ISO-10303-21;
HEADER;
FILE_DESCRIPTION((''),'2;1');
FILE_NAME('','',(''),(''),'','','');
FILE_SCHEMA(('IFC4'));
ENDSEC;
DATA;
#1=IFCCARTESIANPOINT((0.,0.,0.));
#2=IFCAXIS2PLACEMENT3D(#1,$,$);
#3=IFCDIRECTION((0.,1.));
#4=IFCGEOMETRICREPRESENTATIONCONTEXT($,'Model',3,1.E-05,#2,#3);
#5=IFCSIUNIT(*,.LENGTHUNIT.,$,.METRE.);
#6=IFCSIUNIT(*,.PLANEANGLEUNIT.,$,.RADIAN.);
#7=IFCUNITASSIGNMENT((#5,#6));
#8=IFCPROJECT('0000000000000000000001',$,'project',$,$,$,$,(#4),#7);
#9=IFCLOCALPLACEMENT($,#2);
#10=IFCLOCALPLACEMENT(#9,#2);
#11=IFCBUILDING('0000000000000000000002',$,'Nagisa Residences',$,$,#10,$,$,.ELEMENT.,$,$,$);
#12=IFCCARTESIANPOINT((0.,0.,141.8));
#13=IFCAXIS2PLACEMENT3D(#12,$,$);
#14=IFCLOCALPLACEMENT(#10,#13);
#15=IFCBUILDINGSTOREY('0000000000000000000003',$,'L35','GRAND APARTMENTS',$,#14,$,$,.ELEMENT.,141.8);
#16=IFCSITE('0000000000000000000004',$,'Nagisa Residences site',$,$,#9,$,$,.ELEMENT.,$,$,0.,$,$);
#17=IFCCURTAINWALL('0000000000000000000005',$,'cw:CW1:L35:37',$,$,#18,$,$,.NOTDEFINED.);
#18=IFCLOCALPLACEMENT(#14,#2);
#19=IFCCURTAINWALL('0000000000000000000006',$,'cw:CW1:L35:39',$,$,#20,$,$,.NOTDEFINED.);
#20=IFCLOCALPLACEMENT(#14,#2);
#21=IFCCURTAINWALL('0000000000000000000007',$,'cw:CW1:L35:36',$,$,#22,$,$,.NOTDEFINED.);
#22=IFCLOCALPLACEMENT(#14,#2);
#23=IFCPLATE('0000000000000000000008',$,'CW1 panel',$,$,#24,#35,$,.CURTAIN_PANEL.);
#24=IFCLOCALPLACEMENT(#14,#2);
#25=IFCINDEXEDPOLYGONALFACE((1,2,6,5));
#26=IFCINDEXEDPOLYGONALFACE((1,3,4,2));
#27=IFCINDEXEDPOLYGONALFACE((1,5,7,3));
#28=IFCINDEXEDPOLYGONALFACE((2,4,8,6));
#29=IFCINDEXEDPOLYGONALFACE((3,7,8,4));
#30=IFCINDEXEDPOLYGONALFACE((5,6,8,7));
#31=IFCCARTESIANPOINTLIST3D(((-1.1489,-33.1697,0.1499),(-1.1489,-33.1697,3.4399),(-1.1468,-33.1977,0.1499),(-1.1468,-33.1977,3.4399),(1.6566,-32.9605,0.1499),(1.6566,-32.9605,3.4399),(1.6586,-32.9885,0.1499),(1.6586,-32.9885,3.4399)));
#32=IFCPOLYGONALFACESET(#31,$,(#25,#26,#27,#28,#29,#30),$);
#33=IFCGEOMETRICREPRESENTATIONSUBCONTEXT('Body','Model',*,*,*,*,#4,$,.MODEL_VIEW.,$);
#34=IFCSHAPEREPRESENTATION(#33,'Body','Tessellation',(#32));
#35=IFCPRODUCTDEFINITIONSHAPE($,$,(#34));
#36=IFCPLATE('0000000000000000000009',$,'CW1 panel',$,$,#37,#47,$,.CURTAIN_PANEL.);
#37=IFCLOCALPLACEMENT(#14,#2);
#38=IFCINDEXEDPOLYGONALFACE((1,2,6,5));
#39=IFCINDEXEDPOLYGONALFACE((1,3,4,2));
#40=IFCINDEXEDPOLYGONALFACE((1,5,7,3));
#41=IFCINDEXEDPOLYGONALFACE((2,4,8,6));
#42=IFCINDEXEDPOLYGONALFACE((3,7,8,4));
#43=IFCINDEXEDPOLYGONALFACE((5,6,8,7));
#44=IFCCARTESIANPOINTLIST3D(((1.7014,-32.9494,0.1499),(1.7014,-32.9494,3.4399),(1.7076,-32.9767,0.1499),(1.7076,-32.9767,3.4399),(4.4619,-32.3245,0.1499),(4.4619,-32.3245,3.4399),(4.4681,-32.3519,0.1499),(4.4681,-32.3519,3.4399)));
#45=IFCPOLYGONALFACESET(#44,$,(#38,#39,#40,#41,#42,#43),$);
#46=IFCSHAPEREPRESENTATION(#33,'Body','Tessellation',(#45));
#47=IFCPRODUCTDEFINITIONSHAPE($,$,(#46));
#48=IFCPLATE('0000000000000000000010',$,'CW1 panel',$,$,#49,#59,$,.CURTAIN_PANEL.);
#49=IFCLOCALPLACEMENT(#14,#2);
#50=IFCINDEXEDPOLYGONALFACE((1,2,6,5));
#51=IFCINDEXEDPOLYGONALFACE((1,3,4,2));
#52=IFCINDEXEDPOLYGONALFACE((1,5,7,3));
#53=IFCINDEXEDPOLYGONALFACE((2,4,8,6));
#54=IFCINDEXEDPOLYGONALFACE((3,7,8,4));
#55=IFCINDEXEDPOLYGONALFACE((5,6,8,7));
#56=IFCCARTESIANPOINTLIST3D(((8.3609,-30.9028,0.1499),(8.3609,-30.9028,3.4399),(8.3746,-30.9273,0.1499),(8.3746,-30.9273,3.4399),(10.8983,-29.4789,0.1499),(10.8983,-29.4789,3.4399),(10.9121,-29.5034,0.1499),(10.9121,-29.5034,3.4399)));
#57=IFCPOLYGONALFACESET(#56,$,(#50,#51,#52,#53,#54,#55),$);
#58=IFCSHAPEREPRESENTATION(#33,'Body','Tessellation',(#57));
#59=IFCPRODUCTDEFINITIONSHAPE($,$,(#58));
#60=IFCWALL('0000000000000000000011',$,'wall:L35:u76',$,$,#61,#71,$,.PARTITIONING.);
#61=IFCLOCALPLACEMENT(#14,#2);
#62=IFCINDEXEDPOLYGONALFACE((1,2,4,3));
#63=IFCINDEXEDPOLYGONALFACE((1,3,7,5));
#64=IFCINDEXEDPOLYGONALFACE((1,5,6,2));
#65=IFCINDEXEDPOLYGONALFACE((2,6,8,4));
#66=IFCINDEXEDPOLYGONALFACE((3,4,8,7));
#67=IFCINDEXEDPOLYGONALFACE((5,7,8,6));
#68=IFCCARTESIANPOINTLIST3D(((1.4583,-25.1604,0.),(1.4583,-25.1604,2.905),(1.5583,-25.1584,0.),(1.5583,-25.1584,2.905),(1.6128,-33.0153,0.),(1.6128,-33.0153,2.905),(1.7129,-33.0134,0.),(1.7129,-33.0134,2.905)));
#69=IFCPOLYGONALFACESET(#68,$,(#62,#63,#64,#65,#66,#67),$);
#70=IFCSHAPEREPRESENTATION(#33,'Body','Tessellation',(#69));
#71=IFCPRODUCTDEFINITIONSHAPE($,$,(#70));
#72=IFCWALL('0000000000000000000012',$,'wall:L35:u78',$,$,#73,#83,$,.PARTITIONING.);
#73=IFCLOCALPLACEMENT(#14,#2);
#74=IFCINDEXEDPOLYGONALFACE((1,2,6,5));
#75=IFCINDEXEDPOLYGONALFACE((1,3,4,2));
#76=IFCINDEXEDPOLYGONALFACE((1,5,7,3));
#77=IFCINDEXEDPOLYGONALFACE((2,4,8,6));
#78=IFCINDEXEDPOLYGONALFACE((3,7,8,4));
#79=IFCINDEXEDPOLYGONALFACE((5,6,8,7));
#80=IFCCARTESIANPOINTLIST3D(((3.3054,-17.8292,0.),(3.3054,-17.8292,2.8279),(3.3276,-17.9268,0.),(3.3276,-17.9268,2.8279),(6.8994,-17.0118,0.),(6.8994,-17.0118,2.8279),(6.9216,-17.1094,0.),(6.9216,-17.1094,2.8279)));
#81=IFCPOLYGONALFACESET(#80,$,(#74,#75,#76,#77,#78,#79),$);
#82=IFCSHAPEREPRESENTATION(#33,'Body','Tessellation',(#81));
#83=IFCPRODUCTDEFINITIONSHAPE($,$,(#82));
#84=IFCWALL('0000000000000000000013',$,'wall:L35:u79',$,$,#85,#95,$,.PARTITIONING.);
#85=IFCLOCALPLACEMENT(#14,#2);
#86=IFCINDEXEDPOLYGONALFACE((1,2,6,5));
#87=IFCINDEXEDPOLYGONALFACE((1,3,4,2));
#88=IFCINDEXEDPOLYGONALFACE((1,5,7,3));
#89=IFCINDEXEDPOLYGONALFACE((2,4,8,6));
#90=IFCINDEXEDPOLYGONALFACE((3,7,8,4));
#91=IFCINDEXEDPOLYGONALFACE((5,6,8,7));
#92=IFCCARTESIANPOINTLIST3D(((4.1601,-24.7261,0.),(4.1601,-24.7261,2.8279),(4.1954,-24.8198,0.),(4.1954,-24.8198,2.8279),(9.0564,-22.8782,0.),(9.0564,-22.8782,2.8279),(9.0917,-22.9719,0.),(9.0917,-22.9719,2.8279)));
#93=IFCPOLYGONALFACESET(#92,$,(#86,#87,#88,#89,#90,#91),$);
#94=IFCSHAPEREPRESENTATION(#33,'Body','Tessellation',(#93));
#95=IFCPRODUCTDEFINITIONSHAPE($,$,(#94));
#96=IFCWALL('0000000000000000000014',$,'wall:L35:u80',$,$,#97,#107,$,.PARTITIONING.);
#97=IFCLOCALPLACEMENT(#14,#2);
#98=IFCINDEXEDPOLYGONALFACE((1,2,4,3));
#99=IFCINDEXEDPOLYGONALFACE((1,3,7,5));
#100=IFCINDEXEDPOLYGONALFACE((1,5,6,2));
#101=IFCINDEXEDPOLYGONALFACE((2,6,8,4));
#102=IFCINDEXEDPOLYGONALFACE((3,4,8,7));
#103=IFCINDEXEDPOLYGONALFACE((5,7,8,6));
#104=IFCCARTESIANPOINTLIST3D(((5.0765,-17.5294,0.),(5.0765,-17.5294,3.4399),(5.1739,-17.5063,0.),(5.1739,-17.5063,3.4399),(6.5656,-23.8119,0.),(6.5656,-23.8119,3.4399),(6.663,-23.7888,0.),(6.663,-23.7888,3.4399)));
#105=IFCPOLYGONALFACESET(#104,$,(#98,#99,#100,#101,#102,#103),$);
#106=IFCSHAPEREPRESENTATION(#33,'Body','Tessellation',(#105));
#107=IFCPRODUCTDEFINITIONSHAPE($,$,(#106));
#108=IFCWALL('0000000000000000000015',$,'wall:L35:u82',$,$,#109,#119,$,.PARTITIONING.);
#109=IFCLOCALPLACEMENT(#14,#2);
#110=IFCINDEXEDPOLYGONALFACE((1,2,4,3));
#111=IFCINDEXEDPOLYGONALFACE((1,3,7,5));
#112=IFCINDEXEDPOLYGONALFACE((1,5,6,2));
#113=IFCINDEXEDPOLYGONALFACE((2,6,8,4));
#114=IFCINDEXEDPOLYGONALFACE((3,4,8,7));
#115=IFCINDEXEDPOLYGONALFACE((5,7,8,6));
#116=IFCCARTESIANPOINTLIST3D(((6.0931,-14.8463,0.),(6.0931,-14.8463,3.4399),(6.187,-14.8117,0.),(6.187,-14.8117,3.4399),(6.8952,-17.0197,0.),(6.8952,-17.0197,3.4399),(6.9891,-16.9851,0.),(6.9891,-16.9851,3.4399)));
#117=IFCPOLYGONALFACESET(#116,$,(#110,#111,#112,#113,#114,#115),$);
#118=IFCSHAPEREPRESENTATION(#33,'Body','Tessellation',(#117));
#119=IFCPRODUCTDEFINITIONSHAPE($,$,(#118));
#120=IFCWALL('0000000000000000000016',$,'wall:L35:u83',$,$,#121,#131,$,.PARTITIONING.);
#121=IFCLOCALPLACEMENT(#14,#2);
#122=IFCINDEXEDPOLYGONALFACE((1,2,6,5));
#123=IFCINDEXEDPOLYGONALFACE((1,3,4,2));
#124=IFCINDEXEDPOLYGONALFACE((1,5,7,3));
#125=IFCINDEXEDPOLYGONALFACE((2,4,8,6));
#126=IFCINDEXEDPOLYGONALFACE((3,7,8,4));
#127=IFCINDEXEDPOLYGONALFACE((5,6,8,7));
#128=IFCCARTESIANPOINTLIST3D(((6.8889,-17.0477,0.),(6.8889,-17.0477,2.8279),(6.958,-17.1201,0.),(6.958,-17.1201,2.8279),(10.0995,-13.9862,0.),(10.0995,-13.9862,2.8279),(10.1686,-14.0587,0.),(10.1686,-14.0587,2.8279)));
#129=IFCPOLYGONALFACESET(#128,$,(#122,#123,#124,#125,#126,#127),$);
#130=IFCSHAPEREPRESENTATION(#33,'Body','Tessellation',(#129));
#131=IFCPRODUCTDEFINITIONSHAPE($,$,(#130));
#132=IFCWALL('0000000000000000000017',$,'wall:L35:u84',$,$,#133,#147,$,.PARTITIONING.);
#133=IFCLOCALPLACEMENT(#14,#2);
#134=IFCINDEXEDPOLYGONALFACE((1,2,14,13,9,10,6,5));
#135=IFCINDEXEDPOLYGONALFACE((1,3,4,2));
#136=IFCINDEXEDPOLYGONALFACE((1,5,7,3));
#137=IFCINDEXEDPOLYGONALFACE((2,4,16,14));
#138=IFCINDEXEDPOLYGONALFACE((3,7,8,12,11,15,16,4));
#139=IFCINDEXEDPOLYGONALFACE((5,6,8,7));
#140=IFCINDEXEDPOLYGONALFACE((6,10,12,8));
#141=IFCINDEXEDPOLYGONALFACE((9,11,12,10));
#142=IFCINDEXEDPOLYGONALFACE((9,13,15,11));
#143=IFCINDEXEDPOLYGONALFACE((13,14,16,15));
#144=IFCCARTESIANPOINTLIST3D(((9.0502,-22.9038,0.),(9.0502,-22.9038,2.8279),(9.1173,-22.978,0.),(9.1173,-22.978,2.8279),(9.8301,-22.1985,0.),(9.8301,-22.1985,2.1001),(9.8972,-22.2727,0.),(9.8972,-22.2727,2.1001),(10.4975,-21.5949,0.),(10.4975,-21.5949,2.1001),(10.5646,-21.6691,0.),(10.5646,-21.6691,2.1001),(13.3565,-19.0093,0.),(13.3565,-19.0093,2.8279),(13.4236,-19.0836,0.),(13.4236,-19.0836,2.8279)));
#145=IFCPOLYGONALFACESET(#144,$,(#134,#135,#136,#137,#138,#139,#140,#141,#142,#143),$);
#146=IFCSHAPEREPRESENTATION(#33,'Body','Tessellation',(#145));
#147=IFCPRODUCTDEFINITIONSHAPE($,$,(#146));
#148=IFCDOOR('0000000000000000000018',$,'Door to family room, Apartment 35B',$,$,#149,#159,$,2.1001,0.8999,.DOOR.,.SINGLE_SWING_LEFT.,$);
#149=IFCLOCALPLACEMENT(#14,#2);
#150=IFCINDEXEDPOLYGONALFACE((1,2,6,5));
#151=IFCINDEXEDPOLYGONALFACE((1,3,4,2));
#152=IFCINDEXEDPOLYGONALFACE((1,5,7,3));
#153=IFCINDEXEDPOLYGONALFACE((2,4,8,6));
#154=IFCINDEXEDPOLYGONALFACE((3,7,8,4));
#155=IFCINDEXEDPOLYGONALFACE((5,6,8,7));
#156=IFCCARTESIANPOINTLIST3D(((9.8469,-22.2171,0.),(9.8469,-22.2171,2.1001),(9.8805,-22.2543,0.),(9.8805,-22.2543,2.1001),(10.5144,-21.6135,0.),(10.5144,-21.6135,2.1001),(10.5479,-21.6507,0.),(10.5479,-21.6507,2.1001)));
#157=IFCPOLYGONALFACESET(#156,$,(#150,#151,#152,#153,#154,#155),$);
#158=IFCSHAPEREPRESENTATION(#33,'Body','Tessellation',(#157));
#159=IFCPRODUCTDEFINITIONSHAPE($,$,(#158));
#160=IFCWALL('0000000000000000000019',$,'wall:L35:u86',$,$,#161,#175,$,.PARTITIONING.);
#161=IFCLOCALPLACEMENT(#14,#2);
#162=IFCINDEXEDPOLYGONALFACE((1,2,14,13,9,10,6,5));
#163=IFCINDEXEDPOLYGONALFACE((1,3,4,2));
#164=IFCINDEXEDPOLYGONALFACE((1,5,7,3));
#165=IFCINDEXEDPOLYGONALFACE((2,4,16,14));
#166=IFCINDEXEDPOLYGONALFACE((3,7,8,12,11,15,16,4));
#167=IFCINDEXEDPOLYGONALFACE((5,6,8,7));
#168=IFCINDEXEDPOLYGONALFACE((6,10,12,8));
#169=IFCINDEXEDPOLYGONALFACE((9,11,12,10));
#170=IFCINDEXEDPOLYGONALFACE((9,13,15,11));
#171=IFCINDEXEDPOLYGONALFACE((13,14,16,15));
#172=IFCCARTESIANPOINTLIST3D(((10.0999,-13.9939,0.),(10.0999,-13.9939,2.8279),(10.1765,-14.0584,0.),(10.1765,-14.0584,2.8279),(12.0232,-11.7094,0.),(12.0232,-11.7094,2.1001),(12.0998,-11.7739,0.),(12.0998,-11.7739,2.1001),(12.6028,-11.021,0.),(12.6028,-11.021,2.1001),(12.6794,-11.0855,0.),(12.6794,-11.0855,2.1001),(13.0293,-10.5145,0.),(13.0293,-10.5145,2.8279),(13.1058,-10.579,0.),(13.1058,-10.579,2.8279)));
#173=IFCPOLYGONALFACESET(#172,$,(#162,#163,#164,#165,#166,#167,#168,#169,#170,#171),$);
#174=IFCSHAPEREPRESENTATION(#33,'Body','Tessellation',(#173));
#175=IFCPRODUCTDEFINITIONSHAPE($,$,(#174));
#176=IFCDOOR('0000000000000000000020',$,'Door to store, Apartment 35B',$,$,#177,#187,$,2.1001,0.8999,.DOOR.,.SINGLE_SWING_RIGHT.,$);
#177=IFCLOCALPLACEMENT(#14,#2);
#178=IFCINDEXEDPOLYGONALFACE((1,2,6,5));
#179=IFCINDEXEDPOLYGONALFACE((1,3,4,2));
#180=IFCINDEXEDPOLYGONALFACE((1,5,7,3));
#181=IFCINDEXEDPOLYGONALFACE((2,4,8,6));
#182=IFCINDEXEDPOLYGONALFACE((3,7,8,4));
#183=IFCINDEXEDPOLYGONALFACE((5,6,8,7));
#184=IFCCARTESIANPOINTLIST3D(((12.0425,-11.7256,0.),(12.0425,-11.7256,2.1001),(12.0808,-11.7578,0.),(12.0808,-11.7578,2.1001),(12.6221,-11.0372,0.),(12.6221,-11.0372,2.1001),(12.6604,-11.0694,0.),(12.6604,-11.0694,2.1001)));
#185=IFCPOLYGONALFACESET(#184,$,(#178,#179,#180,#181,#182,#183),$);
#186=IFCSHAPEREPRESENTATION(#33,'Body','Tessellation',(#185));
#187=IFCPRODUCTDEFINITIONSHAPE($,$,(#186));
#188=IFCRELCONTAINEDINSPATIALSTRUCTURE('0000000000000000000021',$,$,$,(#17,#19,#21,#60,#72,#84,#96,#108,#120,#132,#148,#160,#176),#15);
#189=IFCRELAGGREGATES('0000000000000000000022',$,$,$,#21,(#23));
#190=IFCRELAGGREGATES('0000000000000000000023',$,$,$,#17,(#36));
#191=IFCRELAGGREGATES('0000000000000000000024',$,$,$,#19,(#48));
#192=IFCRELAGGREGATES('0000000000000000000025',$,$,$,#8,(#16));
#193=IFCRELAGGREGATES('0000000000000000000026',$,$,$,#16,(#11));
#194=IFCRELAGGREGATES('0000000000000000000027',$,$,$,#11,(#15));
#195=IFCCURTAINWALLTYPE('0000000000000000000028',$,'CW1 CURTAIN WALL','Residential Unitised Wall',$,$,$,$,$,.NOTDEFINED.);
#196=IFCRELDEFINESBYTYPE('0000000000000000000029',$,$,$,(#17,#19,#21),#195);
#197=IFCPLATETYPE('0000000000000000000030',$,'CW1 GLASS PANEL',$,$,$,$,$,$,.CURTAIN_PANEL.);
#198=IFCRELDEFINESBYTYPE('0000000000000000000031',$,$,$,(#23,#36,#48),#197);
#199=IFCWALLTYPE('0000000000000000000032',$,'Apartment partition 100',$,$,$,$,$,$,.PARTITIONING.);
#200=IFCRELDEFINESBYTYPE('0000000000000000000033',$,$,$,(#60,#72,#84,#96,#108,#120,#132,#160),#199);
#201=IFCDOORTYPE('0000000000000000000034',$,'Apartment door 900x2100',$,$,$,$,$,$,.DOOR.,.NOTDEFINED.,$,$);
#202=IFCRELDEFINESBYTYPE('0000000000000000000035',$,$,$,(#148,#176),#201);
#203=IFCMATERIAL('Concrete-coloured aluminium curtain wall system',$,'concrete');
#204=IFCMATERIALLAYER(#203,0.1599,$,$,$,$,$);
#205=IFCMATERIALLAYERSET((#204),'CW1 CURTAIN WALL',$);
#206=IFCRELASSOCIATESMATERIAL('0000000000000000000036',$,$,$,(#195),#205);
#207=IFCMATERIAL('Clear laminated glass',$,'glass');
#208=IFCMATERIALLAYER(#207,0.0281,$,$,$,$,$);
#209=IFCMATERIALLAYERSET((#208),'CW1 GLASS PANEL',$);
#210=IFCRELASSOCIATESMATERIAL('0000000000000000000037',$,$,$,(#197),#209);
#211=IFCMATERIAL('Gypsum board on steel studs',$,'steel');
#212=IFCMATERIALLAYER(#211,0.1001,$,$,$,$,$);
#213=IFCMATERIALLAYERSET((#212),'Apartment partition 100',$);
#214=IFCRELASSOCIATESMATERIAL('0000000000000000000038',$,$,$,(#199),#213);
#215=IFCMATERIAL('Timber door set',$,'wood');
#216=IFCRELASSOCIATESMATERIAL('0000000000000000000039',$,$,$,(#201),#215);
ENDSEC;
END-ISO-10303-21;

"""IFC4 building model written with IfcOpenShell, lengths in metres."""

from ifc_helpers import new_model, si_unit, direction, frame, frame_2d, origin, origin_2d, place, context, subcontext, project, spatial, rectangle, extrude, material, layer, layer_set, type_object, element, fill, aggregate, save


model = new_model("IFC4")

# Units and contexts
model_context = context("Model", 3, precision=1e-05, world=origin(), true_north=direction((0.0, 1.0)))
body_context = subcontext(model_context, "Body", "Model", "MODEL_VIEW")
ifc_project = project(units=[si_unit("LENGTHUNIT", "METRE"), si_unit("PLANEANGLEUNIT", "RADIAN")], contexts=[model_context])

# Site, building, storey
site_placement = place(None, origin())
site = spatial("IfcSite", under=ifc_project, at=site_placement, Name="Nagisa Residences site", CompositionType="ELEMENT", RefElevation=0.0)
building_placement = place(site_placement, origin())
building = spatial("IfcBuilding", under=site, at=building_placement, Name="Nagisa Residences", CompositionType="ELEMENT")
storey_placement = place(building_placement, frame((0.0, 0.0, 141.8)))
storey = spatial("IfcBuildingStorey", under=building, at=storey_placement, Name="L35", Description="GRAND APARTMENTS", CompositionType="ELEMENT", Elevation=141.8)

# Curtain walls
ifc_material_1 = material(Name="Concrete-coloured aluminium curtain wall system", Category="concrete")
ifc_layer_1 = layer(ifc_material_1, 0.1599)
ifc_layer_set_1 = layer_set([ifc_layer_1], Name="CW1 CURTAIN WALL")
curtain_wall_type = type_object("IfcCurtainWallType", Name="CW1 CURTAIN WALL", Description="Residential Unitised Wall", PredefinedType="NOTDEFINED", material=ifc_layer_set_1)
curtain_wall_1_placement = place(storey_placement, origin())
curtain_wall_1 = element("IfcCurtainWall", 1, at=curtain_wall_1_placement, inside=storey, type_object=curtain_wall_type, Name="cw:CW1:L35:37", PredefinedType="NOTDEFINED")
curtain_wall_2_placement = place(storey_placement, origin())
curtain_wall_2 = element("IfcCurtainWall", 2, at=curtain_wall_2_placement, inside=storey, type_object=curtain_wall_type, Name="cw:CW1:L35:39", PredefinedType="NOTDEFINED")

# Curtain wall, plate
curtain_wall_3_placement = place(storey_placement, origin())
curtain_wall_3 = element("IfcCurtainWall", 3, at=curtain_wall_3_placement, inside=storey, type_object=curtain_wall_type, Name="cw:CW1:L35:36", PredefinedType="NOTDEFINED")
ifc_material_2 = material(Name="Clear laminated glass", Category="glass")
ifc_layer_2 = layer(ifc_material_2, 0.0281)
ifc_layer_set_2 = layer_set([ifc_layer_2], Name="CW1 GLASS PANEL")
plate_type = type_object("IfcPlateType", Name="CW1 GLASS PANEL", PredefinedType="CURTAIN_PANEL", material=ifc_layer_set_2)
plate_1_placement = place(storey_placement, frame((0.2549, -33.0791, 0.1499), z_axis=(0.0, 0.0, 1.0), x_axis=(0.99723, 0.074377, 0.0)))
plate_1 = element("IfcPlate", 4, at=plate_1_placement, type_object=plate_type, Name="CW1 panel", PredefinedType="CURTAIN_PANEL", context=body_context, shape_type="SweptSolid", body=[
    extrude(rectangle(XDim=2.8132, YDim=0.0281, at=origin_2d()), origin(), (0.0, 0.0, 1.0), 3.29),
])
aggregate(curtain_wall_3, [plate_1])

# Plates
plate_2_placement = place(storey_placement, frame((3.0847, -32.6506, 0.1499), z_axis=(0.0, 0.0, 1.0), x_axis=(0.975327, 0.220764, 0.0)))
plate_2 = element("IfcPlate", 5, at=plate_2_placement, type_object=plate_type, Name="CW1 panel", PredefinedType="CURTAIN_PANEL", context=body_context, shape_type="SweptSolid", body=[
    extrude(rectangle(XDim=2.8303, YDim=0.0281, at=origin_2d()), origin(), (0.0, 0.0, 1.0), 3.29),
])
aggregate(curtain_wall_1, [plate_2])
plate_3_placement = place(storey_placement, frame((9.6365, -30.2031, 0.1499), z_axis=(0.0, 0.0, 1.0), x_axis=(0.872072, 0.489377, 0.0)))
plate_3 = element("IfcPlate", 6, at=plate_3_placement, type_object=plate_type, Name="CW1 panel", PredefinedType="CURTAIN_PANEL", context=body_context, shape_type="SweptSolid", body=[
    extrude(rectangle(XDim=2.9097, YDim=0.0281, at=origin_2d()), origin(), (0.0, 0.0, 1.0), 3.29),
])
aggregate(curtain_wall_2, [plate_3])

# Walls
ifc_material_3 = material(Name="Gypsum board on steel studs", Category="steel")
ifc_layer_3 = layer(ifc_material_3, 0.1001)
ifc_layer_set_3 = layer_set([ifc_layer_3], Name="Apartment partition 100")
wall_type_1 = type_object("IfcWallType", Name="Apartment partition 100", PredefinedType="PARTITIONING", material=ifc_layer_set_3)
wall_1_placement = place(storey_placement, frame((1.5083, -25.1594, 0.0), z_axis=(0.0, 0.0, 1.0), x_axis=(0.01967, -0.999807, 0.0)))
element("IfcWall", 7, at=wall_1_placement, inside=storey, type_object=wall_type_1, Name="wall:L35:u76", PredefinedType="PARTITIONING", context=body_context, shape_type="SweptSolid", body=[
    extrude(rectangle(XDim=7.8564, YDim=0.1001, at=frame_2d((3.9282, 0.0))), origin(), (0.0, 0.0, 1.0), 2.905),
])
wall_2_placement = place(storey_placement, frame((3.3167, -17.8779, 0.0), z_axis=(0.0, 0.0, 1.0), x_axis=(0.9751, 0.221767, 0.0)))
element("IfcWall", 8, at=wall_2_placement, inside=storey, type_object=wall_type_1, Name="wall:L35:u78", PredefinedType="PARTITIONING", context=body_context, shape_type="SweptSolid", body=[
    extrude(rectangle(XDim=3.6858, YDim=0.1001, at=frame_2d((1.8428, 0.0))), origin(), (0.0, 0.0, 1.0), 2.8279),
])
wall_3_placement = place(storey_placement, frame((4.1777, -24.7729, 0.0), z_axis=(0.0, 0.0, 1.0), x_axis=(0.935585, 0.353101, 0.0)))
element("IfcWall", 9, at=wall_3_placement, inside=storey, type_object=wall_type_1, Name="wall:L35:u79", PredefinedType="PARTITIONING", context=body_context, shape_type="SweptSolid", body=[
    extrude(rectangle(XDim=5.2334, YDim=0.1001, at=frame_2d((2.6167, 0.0))), origin(), (0.0, 0.0, 1.0), 2.8279),
])
wall_4_placement = place(storey_placement, frame((5.1252, -17.5178, 0.0), z_axis=(0.0, 0.0, 1.0), x_axis=(0.230622, -0.973043, 0.0)))
element("IfcWall", 10, at=wall_4_placement, inside=storey, type_object=wall_type_1, Name="wall:L35:u80", PredefinedType="PARTITIONING", context=body_context, shape_type="SweptSolid", body=[
    extrude(rectangle(XDim=6.4565, YDim=0.1001, at=frame_2d((3.2283, 0.0))), origin(), (0.0, 0.0, 1.0), 3.4399),
])
wall_5_placement = place(storey_placement, frame((6.1401, -14.8291, 0.0), z_axis=(0.0, 0.0, 1.0), x_axis=(0.346199, -0.938161, 0.0)))
element("IfcWall", 11, at=wall_5_placement, inside=storey, type_object=wall_type_1, Name="wall:L35:u82", PredefinedType="PARTITIONING", context=body_context, shape_type="SweptSolid", body=[
    extrude(rectangle(XDim=2.3167, YDim=0.1001, at=frame_2d((1.1582, 0.0))), origin(), (0.0, 0.0, 1.0), 3.4399),
])
wall_6_placement = place(storey_placement, frame((6.9233, -17.084, 0.0), z_axis=(0.0, 0.0, 1.0), x_axis=(0.723719, 0.690095, 0.0)))
element("IfcWall", 12, at=wall_6_placement, inside=storey, type_object=wall_type_1, Name="wall:L35:u83", PredefinedType="PARTITIONING", context=body_context, shape_type="SweptSolid", body=[
    extrude(rectangle(XDim=4.4363, YDim=0.1001, at=frame_2d((2.2183, 0.0))), origin(), (0.0, 0.0, 1.0), 2.8279),
])

# Walls, openings, doors
wall_7_placement = place(storey_placement, frame((9.0837, -22.9409, 0.0), z_axis=(0.0, 0.0, 1.0), x_axis=(0.741684, 0.670749, 0.0)))
wall_7 = element("IfcWall", 13, at=wall_7_placement, inside=storey, type_object=wall_type_1, Name="wall:L35:u84", PredefinedType="PARTITIONING", context=body_context, shape_type="SweptSolid", body=[
    extrude(rectangle(XDim=5.8062, YDim=0.1001, at=frame_2d((2.9031, 0.0))), origin(), (0.0, 0.0, 1.0), 2.8279),
])
opening_1_placement = place(wall_7_placement, frame((1.0515, 0.0, 0.0)))
opening_1 = element("IfcOpeningElement", 14, at=opening_1_placement, cuts=wall_7, PredefinedType="OPENING", context=body_context, shape_type="SweptSolid", body=[
    extrude(rectangle(XDim=0.8999, YDim=2.1001, at=frame_2d((0.45, 1.05))), frame((0.0, 0.0601, 0.0), z_axis=(0.0, -1.0, 0.0), x_axis=(1.0, 0.0, 0.0)), (0.0, 0.0, 1.0), 0.1201),
])
ifc_material_4 = material(Name="Timber door set", Category="wood")
door_type_1 = type_object("IfcDoorType", Name="Apartment door 900x2100", OperationType="NOTDEFINED", PredefinedType="DOOR", material=ifc_material_4)
door_1_placement = place(opening_1_placement, origin())
door_1 = element("IfcDoor", 15, at=door_1_placement, inside=storey, type_object=door_type_1, Name="Door to family room, Apartment 35B", OperationType="SINGLE_SWING_LEFT", OverallHeight=2.1001, OverallWidth=0.8999, PredefinedType="DOOR", context=body_context, shape_type="SweptSolid", body=[
    extrude(rectangle(XDim=0.8999, YDim=2.1001, at=frame_2d((0.45, 1.05))), frame((0.0, 0.0249, 0.0), z_axis=(0.0, -1.0, 0.0), x_axis=(1.0, 0.0, 0.0)), (0.0, 0.0, 1.0), 0.05),
])
fill(opening_1, door_1)
wall_8_placement = place(storey_placement, frame((10.1382, -14.0261, 0.0), z_axis=(0.0, 0.0, 1.0), x_axis=(0.644051, 0.764982, 0.0)))
wall_8 = element("IfcWall", 16, at=wall_8_placement, inside=storey, type_object=wall_type_1, Name="wall:L35:u86", PredefinedType="PARTITIONING", context=body_context, shape_type="SweptSolid", body=[
    extrude(rectangle(XDim=4.5483, YDim=0.1001, at=frame_2d((2.2742, 0.0))), origin(), (0.0, 0.0, 1.0), 2.8279),
])
opening_2_placement = place(wall_8_placement, frame((2.9863, 0.0, 0.0)))
opening_2 = element("IfcOpeningElement", 17, at=opening_2_placement, cuts=wall_8, PredefinedType="OPENING", context=body_context, shape_type="SweptSolid", body=[
    extrude(rectangle(XDim=0.8999, YDim=2.1001, at=frame_2d((0.45, 1.05))), frame((0.0, 0.0601, 0.0), z_axis=(0.0, -1.0, 0.0), x_axis=(1.0, 0.0, 0.0)), (0.0, 0.0, 1.0), 0.1201),
])
door_2_placement = place(opening_2_placement, origin())
door_2 = element("IfcDoor", 18, at=door_2_placement, inside=storey, type_object=door_type_1, Name="Door to store, Apartment 35B", OperationType="SINGLE_SWING_RIGHT", OverallHeight=2.1001, OverallWidth=0.8999, PredefinedType="DOOR", context=body_context, shape_type="SweptSolid", body=[
    extrude(rectangle(XDim=0.8999, YDim=2.1001, at=frame_2d((0.45, 1.05))), frame((0.0, 0.0249, 0.0), z_axis=(0.0, -1.0, 0.0), x_axis=(1.0, 0.0, 0.0)), (0.0, 0.0, 1.0), 0.05),
])
fill(opening_2, door_2)

save(model, "model.ifc")
